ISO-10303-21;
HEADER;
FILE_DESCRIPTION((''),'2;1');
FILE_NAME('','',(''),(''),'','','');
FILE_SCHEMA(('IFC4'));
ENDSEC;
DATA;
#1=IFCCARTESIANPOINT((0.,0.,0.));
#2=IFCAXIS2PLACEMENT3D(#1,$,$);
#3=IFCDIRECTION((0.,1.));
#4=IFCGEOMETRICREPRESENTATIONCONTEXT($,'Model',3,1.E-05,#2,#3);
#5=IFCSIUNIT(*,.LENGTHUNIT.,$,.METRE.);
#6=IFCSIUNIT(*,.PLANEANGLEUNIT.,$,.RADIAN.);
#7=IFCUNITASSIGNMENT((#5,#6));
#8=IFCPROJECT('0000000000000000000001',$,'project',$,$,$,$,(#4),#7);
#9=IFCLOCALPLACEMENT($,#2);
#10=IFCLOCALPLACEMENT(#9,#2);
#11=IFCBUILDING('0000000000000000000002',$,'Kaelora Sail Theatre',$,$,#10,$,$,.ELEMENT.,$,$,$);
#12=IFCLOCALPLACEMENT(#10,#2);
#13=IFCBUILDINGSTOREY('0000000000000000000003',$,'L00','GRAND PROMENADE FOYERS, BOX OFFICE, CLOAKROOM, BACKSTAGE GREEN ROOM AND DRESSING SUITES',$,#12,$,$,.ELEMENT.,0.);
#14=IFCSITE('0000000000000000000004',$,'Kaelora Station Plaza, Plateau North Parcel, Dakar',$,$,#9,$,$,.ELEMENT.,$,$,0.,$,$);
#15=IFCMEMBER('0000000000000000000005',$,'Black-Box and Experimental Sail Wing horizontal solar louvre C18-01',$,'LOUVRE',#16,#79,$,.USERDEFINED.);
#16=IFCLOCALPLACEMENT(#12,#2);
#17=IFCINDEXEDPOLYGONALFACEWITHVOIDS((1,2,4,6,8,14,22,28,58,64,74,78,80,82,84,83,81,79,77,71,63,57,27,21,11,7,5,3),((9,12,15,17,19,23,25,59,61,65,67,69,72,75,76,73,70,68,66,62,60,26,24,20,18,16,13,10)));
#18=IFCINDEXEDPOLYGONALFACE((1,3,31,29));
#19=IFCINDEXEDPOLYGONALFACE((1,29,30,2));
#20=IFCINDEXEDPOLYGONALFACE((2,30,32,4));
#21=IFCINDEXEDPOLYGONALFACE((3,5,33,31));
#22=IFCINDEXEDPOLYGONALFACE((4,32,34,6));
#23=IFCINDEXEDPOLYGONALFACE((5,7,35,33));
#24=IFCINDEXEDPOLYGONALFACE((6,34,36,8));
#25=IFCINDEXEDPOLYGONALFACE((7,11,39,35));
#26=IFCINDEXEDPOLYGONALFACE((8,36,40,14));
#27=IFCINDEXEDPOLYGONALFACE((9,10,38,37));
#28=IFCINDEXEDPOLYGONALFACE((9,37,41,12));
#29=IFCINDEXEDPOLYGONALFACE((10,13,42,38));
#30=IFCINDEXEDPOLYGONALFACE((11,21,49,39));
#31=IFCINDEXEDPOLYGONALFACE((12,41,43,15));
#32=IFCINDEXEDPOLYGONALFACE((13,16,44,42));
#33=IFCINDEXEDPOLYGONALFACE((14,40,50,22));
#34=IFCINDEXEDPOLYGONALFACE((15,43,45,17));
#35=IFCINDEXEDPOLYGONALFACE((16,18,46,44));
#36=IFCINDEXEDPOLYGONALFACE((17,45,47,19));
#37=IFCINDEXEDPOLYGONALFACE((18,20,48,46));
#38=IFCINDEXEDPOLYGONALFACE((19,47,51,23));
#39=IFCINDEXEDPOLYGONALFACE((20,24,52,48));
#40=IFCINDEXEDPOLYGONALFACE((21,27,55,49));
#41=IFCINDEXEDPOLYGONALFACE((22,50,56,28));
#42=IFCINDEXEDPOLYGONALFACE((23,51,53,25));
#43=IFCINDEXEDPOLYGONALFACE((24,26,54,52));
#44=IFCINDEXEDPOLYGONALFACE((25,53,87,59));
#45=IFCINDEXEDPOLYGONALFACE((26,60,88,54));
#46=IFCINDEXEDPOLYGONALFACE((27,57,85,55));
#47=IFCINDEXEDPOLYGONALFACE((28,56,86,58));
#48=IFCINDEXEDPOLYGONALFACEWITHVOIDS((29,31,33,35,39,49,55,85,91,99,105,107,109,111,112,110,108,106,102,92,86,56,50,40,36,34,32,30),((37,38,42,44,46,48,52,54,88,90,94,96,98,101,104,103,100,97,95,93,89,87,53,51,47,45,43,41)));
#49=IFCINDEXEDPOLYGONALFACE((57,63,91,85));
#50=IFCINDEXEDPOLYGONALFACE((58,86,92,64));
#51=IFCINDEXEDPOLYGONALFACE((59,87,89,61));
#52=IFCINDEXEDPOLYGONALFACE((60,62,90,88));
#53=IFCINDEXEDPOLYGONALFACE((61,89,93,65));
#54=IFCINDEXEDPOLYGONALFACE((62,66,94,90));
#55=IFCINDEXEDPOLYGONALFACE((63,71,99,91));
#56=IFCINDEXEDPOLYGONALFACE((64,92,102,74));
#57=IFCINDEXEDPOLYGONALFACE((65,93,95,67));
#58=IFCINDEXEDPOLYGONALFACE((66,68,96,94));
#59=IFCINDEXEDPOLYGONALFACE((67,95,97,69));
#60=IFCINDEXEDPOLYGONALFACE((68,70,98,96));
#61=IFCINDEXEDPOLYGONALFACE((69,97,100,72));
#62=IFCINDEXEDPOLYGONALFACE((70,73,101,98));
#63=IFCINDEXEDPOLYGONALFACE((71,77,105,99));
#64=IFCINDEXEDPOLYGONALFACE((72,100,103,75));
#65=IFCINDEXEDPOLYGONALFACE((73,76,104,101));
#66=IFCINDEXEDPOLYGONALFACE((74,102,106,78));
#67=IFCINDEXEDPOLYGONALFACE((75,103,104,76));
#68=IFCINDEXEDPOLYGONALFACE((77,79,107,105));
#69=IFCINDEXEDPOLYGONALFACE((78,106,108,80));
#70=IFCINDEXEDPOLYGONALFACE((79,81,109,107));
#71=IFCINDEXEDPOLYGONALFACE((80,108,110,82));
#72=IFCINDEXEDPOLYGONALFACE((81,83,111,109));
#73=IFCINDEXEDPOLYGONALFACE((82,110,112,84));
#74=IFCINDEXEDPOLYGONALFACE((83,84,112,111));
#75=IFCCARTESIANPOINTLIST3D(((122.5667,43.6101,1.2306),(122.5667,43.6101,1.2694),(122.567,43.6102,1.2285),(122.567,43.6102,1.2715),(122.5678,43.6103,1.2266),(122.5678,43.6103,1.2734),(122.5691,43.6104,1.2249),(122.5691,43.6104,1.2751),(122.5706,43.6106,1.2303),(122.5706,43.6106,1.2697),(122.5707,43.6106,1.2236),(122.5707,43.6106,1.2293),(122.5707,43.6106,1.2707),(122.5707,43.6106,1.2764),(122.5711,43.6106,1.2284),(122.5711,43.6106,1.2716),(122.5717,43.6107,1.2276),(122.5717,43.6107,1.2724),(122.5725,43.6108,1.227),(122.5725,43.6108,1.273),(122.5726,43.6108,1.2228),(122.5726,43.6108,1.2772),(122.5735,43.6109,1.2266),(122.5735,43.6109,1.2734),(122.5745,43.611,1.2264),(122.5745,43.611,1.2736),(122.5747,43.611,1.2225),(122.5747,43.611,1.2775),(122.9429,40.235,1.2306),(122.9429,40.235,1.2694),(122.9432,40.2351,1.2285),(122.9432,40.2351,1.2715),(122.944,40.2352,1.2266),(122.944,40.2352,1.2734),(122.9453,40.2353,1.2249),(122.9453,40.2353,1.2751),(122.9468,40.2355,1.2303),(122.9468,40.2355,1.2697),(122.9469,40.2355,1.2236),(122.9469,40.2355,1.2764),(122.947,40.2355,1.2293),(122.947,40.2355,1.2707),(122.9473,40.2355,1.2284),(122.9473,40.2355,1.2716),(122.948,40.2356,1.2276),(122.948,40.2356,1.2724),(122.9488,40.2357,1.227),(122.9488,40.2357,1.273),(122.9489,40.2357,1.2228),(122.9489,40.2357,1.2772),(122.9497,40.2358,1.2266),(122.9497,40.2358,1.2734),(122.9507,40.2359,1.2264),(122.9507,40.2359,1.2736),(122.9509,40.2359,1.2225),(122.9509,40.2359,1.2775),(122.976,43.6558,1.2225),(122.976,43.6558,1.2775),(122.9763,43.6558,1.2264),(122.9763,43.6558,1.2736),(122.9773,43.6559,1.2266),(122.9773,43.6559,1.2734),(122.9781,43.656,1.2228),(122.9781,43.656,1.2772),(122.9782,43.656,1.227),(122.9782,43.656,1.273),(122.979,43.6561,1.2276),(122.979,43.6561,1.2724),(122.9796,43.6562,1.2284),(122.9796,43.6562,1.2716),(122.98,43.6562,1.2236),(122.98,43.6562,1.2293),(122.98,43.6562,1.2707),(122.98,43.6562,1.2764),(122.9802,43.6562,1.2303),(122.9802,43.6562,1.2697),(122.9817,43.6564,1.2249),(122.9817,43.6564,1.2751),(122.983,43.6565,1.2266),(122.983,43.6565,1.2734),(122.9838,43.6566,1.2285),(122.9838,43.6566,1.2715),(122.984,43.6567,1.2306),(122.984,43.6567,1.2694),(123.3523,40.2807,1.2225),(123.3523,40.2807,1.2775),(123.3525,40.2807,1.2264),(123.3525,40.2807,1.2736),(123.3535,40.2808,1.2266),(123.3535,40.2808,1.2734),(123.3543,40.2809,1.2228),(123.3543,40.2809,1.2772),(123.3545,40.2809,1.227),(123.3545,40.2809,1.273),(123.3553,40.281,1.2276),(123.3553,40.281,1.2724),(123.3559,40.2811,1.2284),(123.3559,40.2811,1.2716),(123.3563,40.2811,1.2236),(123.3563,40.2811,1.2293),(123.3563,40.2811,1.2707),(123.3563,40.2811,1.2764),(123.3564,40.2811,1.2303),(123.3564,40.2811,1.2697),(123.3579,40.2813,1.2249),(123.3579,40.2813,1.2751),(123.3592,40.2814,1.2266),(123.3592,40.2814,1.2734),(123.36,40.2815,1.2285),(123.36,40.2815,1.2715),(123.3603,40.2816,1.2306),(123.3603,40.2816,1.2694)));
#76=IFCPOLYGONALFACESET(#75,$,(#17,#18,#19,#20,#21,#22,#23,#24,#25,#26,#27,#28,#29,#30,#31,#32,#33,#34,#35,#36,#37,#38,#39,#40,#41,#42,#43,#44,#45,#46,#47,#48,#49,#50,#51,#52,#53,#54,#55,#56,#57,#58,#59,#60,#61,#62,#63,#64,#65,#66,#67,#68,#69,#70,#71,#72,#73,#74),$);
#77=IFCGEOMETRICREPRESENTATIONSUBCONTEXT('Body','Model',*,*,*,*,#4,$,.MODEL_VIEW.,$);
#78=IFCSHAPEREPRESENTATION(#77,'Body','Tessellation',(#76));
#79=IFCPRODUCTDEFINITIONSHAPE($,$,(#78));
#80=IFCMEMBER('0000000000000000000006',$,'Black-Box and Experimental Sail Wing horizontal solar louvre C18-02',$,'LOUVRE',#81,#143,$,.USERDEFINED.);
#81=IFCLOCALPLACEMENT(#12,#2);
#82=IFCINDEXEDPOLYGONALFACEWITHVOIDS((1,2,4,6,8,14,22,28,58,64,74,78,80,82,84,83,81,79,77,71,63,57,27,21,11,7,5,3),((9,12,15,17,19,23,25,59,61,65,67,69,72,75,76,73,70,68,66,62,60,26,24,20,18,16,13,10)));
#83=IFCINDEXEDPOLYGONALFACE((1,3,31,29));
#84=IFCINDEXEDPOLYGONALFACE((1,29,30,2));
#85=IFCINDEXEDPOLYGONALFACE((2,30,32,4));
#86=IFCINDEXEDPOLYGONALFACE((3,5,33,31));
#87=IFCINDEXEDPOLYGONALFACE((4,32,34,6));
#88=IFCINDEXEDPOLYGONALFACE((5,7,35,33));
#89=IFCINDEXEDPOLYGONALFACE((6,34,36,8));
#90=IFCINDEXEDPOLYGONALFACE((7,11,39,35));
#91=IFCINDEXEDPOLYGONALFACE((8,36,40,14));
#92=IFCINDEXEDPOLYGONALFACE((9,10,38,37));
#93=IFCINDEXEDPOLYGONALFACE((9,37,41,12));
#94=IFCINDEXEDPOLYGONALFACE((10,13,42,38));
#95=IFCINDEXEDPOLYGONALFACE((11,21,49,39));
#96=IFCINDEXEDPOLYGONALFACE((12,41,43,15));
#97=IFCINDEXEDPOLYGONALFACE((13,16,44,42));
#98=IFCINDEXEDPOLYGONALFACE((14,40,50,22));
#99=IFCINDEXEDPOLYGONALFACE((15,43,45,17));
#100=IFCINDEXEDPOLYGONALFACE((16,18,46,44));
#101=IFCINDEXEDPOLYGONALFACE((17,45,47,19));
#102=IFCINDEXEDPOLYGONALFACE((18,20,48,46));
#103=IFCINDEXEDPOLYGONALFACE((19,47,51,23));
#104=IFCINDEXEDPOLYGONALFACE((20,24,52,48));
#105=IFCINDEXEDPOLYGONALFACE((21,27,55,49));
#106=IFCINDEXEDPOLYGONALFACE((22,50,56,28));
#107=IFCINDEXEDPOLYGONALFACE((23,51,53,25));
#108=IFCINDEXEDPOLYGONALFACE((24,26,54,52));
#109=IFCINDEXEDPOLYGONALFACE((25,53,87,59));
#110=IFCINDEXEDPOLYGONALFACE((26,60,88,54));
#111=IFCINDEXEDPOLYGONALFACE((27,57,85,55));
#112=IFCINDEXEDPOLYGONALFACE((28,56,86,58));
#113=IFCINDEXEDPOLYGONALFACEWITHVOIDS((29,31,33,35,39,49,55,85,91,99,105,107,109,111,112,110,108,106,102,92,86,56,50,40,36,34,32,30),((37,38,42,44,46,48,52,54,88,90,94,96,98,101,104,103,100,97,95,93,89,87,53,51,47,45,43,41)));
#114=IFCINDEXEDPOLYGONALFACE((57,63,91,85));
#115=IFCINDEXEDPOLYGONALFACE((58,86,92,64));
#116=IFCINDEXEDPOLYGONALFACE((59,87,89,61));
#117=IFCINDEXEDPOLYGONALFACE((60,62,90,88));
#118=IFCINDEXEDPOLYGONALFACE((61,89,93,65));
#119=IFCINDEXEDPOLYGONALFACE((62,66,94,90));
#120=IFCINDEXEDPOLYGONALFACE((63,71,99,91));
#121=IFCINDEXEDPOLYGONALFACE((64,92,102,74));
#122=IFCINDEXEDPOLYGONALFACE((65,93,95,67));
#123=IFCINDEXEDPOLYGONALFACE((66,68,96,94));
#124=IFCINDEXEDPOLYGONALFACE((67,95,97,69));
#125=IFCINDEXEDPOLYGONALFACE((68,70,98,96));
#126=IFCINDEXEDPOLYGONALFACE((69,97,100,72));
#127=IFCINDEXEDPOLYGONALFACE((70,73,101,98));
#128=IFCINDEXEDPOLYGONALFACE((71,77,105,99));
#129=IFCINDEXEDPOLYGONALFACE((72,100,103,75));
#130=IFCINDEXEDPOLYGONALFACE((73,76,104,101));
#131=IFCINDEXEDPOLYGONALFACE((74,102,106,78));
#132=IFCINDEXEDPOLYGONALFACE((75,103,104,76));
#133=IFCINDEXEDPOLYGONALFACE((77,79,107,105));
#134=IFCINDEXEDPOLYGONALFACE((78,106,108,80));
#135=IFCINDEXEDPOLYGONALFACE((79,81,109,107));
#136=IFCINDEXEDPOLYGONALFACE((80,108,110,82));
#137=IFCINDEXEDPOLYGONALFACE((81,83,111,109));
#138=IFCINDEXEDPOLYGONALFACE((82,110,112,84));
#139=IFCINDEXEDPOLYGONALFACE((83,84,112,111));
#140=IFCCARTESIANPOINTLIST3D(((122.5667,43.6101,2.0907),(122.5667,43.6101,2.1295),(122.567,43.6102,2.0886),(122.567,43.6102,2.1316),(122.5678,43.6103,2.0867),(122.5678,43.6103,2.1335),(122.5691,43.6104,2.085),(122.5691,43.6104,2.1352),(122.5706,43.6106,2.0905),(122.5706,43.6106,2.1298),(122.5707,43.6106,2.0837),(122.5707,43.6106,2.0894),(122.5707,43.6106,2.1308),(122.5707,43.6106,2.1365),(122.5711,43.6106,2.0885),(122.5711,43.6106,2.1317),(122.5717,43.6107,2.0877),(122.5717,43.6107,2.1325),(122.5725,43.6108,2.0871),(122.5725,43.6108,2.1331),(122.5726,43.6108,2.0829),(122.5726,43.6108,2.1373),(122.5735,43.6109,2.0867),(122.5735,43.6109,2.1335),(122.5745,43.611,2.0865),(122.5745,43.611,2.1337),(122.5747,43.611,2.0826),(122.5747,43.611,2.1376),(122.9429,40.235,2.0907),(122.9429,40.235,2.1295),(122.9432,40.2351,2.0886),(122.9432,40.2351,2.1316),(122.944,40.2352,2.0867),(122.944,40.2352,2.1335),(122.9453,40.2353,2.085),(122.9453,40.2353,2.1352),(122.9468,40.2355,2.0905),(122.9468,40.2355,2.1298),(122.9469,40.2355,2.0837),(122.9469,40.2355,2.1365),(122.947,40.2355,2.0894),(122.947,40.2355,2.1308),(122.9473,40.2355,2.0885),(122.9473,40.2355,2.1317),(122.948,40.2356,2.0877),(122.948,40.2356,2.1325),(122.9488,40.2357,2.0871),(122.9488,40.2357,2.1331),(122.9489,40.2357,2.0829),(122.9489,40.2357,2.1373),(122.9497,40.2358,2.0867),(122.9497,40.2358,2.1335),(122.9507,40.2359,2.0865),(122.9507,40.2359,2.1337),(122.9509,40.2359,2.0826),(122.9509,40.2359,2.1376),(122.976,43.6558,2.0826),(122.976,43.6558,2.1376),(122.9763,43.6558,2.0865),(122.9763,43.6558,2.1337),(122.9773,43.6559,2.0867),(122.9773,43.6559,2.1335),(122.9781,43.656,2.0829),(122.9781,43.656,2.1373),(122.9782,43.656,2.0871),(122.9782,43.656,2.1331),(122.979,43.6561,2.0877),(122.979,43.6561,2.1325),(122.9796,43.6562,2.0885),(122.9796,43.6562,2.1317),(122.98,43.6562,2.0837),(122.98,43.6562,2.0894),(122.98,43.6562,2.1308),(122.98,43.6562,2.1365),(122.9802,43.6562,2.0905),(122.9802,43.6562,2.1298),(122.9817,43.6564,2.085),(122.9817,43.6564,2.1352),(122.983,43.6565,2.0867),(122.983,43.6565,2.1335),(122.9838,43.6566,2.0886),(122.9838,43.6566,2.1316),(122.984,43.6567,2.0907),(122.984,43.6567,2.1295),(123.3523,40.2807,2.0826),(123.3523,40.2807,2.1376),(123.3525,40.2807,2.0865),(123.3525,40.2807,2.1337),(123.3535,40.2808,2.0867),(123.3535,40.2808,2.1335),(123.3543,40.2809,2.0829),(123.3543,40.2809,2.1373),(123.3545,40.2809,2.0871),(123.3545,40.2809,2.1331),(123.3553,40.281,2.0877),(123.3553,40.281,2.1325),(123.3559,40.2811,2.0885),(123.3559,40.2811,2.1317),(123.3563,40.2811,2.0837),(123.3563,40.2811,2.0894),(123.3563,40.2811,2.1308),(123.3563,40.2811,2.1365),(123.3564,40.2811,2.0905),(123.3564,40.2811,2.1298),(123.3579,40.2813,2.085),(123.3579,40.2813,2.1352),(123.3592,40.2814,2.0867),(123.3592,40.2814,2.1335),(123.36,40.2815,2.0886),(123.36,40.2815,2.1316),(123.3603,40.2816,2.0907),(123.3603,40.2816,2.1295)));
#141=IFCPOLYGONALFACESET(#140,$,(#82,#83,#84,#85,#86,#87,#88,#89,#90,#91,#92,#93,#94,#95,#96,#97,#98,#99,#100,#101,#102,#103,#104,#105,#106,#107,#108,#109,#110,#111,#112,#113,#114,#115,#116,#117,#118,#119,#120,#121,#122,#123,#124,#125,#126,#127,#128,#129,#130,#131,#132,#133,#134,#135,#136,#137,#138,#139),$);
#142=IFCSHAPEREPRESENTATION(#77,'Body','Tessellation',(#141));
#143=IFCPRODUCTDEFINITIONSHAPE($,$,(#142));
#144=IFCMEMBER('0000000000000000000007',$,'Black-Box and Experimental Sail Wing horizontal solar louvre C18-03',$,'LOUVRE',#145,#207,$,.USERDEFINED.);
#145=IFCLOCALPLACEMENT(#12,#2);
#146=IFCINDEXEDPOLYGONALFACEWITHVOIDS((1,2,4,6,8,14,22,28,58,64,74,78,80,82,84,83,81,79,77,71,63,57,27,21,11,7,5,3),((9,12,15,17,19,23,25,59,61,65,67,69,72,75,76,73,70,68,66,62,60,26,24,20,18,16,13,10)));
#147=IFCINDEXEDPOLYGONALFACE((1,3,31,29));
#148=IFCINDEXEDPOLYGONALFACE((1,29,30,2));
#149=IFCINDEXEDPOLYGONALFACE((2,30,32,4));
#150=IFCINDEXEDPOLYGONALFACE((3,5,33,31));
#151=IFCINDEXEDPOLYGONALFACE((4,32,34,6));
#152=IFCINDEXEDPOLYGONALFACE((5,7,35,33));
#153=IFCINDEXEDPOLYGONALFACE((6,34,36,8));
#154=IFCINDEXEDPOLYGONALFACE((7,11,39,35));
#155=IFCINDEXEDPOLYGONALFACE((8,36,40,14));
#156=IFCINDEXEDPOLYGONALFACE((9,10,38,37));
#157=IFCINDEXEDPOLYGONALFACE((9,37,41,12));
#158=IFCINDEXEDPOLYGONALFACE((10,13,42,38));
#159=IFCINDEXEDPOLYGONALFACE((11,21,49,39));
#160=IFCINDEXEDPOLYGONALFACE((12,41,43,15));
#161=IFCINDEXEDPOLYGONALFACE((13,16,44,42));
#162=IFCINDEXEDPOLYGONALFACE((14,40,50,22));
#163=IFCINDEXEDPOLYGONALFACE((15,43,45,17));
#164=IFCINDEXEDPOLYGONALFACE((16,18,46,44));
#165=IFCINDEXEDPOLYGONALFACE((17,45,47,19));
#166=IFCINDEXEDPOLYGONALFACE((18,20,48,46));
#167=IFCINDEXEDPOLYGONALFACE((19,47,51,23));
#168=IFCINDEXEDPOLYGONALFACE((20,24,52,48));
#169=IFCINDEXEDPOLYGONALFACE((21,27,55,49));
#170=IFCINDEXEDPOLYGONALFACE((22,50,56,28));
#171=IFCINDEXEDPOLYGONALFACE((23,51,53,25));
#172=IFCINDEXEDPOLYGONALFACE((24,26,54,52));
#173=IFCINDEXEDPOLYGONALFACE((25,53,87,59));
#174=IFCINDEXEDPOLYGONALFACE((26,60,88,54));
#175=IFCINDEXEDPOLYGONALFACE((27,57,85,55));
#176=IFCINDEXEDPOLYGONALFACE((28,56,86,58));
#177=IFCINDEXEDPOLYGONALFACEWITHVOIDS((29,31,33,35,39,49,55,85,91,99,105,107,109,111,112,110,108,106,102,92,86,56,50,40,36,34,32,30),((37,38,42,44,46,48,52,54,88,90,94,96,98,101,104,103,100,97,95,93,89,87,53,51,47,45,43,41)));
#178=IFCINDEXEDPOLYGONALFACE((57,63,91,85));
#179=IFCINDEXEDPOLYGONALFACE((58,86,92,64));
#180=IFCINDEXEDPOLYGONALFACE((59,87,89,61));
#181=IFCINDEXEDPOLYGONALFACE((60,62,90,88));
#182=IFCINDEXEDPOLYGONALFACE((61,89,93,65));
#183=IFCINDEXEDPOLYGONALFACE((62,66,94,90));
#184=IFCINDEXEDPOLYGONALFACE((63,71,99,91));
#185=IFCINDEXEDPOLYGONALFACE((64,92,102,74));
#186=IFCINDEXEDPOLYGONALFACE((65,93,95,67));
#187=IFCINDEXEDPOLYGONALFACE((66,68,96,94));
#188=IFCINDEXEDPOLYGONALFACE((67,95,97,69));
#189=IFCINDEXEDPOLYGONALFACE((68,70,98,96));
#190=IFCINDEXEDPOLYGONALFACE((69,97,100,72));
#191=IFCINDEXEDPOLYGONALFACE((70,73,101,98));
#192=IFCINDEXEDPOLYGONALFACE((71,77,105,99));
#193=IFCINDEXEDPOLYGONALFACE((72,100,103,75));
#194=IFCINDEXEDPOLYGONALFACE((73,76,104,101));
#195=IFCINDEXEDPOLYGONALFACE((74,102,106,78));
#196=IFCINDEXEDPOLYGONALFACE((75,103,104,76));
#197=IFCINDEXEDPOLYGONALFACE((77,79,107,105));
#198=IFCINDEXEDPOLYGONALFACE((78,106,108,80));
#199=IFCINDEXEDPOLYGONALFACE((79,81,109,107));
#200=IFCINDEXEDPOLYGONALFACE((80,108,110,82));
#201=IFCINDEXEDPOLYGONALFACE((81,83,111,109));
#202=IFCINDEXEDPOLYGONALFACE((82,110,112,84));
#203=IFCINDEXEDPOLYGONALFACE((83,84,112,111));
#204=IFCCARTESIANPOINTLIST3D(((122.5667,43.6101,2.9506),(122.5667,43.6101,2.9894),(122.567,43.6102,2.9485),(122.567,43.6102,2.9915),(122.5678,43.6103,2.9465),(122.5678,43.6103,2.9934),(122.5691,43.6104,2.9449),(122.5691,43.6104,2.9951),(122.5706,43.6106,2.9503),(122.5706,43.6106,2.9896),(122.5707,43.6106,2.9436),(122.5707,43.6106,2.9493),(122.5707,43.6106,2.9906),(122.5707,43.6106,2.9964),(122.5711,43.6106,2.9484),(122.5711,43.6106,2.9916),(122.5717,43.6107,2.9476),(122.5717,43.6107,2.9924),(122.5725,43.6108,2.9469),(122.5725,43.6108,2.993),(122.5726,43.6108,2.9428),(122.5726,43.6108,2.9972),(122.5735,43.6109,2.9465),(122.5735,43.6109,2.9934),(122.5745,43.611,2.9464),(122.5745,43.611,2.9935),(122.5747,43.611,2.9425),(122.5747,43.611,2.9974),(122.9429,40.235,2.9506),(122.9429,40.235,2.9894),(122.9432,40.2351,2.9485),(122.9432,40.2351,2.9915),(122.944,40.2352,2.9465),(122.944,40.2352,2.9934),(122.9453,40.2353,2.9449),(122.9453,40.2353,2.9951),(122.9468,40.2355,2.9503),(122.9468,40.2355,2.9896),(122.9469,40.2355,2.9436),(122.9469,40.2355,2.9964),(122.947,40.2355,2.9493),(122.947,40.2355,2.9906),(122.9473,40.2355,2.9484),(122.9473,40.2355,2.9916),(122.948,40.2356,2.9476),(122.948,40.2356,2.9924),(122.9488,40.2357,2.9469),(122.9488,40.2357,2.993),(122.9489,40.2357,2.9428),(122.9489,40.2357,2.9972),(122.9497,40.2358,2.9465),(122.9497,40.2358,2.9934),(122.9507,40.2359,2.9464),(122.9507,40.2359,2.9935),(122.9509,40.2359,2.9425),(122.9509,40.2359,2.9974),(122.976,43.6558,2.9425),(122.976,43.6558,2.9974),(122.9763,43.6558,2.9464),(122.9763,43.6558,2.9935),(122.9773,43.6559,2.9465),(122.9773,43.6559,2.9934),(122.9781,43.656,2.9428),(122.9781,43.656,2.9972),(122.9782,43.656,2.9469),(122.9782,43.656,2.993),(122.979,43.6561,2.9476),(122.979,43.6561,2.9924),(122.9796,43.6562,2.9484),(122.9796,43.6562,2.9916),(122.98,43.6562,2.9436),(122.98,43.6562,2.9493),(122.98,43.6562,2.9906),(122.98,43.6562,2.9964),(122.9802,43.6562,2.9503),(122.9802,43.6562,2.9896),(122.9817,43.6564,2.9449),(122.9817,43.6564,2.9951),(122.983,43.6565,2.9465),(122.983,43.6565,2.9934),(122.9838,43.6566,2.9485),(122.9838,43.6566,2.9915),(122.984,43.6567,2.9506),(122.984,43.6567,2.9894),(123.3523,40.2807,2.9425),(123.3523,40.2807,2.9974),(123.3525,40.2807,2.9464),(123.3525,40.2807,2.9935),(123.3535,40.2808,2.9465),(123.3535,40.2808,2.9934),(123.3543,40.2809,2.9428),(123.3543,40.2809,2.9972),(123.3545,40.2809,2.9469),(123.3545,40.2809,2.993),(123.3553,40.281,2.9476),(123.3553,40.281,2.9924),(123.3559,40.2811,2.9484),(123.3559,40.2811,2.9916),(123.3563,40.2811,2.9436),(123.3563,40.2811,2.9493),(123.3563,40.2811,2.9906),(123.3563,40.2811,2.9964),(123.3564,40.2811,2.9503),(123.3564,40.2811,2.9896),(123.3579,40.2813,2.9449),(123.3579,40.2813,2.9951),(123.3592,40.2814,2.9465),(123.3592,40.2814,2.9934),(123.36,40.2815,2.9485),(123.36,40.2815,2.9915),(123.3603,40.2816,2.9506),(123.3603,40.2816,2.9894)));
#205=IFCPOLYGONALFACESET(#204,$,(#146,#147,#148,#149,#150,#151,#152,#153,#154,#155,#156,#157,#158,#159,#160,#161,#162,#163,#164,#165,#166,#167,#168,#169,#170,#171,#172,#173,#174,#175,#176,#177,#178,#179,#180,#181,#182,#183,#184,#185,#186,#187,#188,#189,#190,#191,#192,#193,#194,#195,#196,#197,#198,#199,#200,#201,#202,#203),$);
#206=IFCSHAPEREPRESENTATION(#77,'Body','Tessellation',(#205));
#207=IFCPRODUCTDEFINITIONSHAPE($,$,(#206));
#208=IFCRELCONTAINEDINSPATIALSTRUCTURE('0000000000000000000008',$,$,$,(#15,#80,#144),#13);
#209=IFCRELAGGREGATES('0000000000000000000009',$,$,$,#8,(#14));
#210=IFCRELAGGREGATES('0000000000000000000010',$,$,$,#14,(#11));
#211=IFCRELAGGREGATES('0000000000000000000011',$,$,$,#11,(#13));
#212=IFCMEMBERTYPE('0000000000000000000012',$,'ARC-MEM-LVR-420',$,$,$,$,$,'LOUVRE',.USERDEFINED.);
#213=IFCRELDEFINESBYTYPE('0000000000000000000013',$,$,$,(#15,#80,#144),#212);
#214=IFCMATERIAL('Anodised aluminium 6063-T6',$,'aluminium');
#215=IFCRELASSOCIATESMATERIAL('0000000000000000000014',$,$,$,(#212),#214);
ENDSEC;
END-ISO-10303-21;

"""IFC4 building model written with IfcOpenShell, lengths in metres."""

from ifc_helpers import new_model, si_unit, direction, frame, origin, origin_2d, place, context, subcontext, project, spatial, hollow_rectangle, extrude, material, material_profile, profile_set, type_object, element, save


model = new_model("IFC4")

# Units and contexts
model_context = context("Model", 3, precision=1e-05, world=origin(), true_north=direction((0.0, 1.0)))
body_context = subcontext(model_context, "Body", "Model", "MODEL_VIEW")
ifc_project = project(units=[si_unit("LENGTHUNIT", "METRE"), si_unit("PLANEANGLEUNIT", "RADIAN")], contexts=[model_context])

# Site, building, storey
site_placement = place(None, origin())
site = spatial("IfcSite", under=ifc_project, at=site_placement, Name="Kaelora Station Plaza, Plateau North Parcel, Dakar", CompositionType="ELEMENT", RefElevation=0.0)
building_placement = place(site_placement, origin())
building = spatial("IfcBuilding", under=site, at=building_placement, Name="Kaelora Sail Theatre", CompositionType="ELEMENT")
storey_placement = place(building_placement, origin())
storey = spatial("IfcBuildingStorey", under=building, at=storey_placement, Name="L00", Description="GRAND PROMENADE FOYERS, BOX OFFICE, CLOAKROOM, BACKSTAGE GREEN ROOM AND DRESSING SUITES", CompositionType="ELEMENT", Elevation=0.0)

# Members
ifc_material_1 = material(Name="Anodised aluminium 6063-T6", Category="aluminium")
ifc_material_profile_1 = material_profile(ifc_material_1, hollow_rectangle(XDim=0.4199, YDim=0.0549, WallThickness=0.0039, InnerFilletRadius=0.0039, OuterFilletRadius=0.0081, at=origin_2d()), Name="LOUVRE 420x55x4")
ifc_profile_set_1 = profile_set([ifc_material_profile_1], Name="Anodised aluminium 6063-T6")
member_type_1 = type_object("IfcMemberType", Name="ARC-MEM-LVR-420", ElementType="LOUVRE", PredefinedType="USERDEFINED", material=ifc_profile_set_1)
for number, where, z_axis, x_axis, name in (
    (1, (123.1516, 40.2583, 1.25), (-0.110787, 0.993844, 0.0), (-0.993844, -0.110787, 0.0), "Black-Box and Experimental Sail Wing horizontal solar louvre C18-01"),
    (2, (123.1516, 40.2583, 2.1101), (-0.110787, 0.993844, 0.0), (-0.993844, -0.110787, 0.0), "Black-Box and Experimental Sail Wing horizontal solar louvre C18-02"),
    (3, (123.1516, 40.2583, 2.97), (-0.110787, 0.993844, 0.0), (-0.993844, -0.110787, 0.0), "Black-Box and Experimental Sail Wing horizontal solar louvre C18-03"),
):
    element("IfcMember", number, at=place(storey_placement, frame(where, z_axis=z_axis, x_axis=x_axis)), inside=storey, type_object=member_type_1, Name=name, ObjectType="LOUVRE", PredefinedType="USERDEFINED", context=body_context, shape_type="SweptSolid", body=[
        extrude(hollow_rectangle(XDim=0.4199, YDim=0.0549, WallThickness=0.0039, InnerFilletRadius=0.0039, OuterFilletRadius=0.0081, at=origin_2d()), origin(), (0.0, 0.0, 1.0), 3.396),
    ])

save(model, "model.ifc")
